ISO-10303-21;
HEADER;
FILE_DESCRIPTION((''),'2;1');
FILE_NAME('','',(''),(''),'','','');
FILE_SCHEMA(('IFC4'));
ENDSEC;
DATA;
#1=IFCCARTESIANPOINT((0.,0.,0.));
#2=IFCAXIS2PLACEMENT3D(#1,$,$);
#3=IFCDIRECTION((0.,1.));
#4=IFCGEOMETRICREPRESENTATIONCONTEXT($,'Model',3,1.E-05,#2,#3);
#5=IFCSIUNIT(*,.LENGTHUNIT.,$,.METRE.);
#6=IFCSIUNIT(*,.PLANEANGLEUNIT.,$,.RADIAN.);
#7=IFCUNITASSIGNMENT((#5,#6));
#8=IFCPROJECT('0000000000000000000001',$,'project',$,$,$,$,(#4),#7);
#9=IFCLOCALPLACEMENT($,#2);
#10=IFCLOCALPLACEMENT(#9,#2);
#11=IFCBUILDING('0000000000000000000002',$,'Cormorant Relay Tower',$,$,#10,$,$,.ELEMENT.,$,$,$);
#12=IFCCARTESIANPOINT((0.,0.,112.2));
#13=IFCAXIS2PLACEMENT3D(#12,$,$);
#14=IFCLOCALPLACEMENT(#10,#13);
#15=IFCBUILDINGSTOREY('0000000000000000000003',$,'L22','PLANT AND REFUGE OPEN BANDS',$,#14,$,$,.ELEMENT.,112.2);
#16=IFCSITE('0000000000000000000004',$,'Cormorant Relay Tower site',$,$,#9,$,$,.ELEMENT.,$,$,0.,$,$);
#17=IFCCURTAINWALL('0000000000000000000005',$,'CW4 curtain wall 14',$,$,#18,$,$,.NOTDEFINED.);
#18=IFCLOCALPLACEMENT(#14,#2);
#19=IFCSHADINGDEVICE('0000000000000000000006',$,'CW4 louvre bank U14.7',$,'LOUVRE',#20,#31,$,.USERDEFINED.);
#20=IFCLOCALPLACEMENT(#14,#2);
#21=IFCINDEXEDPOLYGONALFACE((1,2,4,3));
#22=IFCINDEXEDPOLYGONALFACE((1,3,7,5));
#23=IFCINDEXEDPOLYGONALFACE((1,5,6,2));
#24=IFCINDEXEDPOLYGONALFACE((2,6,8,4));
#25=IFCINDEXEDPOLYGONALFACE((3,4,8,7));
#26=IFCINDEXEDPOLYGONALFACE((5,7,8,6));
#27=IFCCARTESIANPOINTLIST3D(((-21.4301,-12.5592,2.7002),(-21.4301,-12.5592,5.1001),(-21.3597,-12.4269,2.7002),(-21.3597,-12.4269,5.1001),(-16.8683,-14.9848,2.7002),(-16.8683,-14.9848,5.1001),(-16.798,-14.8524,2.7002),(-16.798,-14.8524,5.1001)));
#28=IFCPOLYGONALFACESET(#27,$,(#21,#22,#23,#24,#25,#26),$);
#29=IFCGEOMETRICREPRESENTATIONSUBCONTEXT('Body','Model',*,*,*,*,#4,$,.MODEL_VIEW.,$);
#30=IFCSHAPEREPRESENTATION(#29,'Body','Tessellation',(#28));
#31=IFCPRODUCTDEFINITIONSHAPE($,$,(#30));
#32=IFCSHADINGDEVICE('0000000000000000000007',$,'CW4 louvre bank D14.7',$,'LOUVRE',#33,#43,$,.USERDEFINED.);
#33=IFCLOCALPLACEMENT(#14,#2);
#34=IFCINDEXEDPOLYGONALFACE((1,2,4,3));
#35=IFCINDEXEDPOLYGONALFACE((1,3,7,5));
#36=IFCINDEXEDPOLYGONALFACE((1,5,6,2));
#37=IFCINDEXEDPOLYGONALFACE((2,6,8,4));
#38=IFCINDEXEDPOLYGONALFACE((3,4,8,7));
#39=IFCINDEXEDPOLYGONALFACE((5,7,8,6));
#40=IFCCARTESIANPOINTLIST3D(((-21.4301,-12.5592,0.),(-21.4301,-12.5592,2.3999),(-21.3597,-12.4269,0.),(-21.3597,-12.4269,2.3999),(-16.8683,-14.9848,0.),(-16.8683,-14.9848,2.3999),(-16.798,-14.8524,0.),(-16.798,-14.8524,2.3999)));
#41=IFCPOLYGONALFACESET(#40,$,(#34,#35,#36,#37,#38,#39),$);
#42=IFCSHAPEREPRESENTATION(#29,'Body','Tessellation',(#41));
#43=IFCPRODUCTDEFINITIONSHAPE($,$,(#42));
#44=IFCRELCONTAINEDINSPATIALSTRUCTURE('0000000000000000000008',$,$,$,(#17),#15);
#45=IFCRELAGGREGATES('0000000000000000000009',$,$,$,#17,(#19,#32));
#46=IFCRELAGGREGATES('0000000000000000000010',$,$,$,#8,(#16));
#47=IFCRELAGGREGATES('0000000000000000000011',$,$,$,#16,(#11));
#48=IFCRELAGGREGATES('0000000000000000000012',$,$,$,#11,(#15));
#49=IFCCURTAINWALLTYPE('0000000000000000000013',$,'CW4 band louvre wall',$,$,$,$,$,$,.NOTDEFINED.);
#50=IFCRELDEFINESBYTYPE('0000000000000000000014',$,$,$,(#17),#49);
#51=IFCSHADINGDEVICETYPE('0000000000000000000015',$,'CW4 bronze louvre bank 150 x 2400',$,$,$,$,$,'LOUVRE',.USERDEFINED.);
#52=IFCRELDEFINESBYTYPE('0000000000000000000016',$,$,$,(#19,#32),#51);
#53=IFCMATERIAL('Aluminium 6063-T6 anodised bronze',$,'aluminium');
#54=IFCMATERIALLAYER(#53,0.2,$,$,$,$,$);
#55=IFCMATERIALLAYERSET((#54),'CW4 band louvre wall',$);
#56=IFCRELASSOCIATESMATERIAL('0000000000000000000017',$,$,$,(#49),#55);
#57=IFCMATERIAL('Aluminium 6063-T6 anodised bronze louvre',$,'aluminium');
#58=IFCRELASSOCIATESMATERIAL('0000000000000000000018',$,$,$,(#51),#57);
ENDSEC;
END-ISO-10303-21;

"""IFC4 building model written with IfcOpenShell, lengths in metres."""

from ifc_helpers import new_model, si_unit, direction, frame, origin, origin_2d, place, context, subcontext, project, spatial, rectangle, extrude, material, layer, layer_set, type_object, element, aggregate, save


model = new_model("IFC4")

# Units and contexts
model_context = context("Model", 3, precision=1e-05, world=origin(), true_north=direction((0.0, 1.0)))
body_context = subcontext(model_context, "Body", "Model", "MODEL_VIEW")
ifc_project = project(units=[si_unit("LENGTHUNIT", "METRE"), si_unit("PLANEANGLEUNIT", "RADIAN")], contexts=[model_context])

# Site, building, storey
site_placement = place(None, origin())
site = spatial("IfcSite", under=ifc_project, at=site_placement, Name="Cormorant Relay Tower site", CompositionType="ELEMENT", RefElevation=0.0)
building_placement = place(site_placement, origin())
building = spatial("IfcBuilding", under=site, at=building_placement, Name="Cormorant Relay Tower", CompositionType="ELEMENT")
storey_placement = place(building_placement, frame((0.0, 0.0, 112.2)))
storey = spatial("IfcBuildingStorey", under=building, at=storey_placement, Name="L22", Description="PLANT AND REFUGE OPEN BANDS", CompositionType="ELEMENT", Elevation=112.2)

# Curtain wall
ifc_material_1 = material(Name="Aluminium 6063-T6 anodised bronze", Category="aluminium")
ifc_layer_1 = layer(ifc_material_1, 0.2)
ifc_layer_set_1 = layer_set([ifc_layer_1], Name="CW4 band louvre wall")
curtain_wall_type = type_object("IfcCurtainWallType", Name="CW4 band louvre wall", PredefinedType="NOTDEFINED", material=ifc_layer_set_1)
curtain_wall_placement = place(storey_placement, origin())
curtain_wall = element("IfcCurtainWall", 1, at=curtain_wall_placement, inside=storey, type_object=curtain_wall_type, Name="CW4 curtain wall 14", PredefinedType="NOTDEFINED")

# Shading devices
ifc_material_2 = material(Name="Aluminium 6063-T6 anodised bronze louvre", Category="aluminium")
shading_device_type = type_object("IfcShadingDeviceType", Name="CW4 bronze louvre bank 150 x 2400", ElementType="LOUVRE", PredefinedType="USERDEFINED", material=ifc_material_2)
shading_device_1_placement = place(storey_placement, frame((-19.114, -13.7058, 2.7002), z_axis=(0.0, 0.0, 1.0), x_axis=(0.882948, -0.469472, 0.0)))
shading_device_1 = element("IfcShadingDevice", 2, at=shading_device_1_placement, type_object=shading_device_type, Name="CW4 louvre bank U14.7", ObjectType="LOUVRE", PredefinedType="USERDEFINED", context=body_context, shape_type="SweptSolid", body=[
    extrude(rectangle(XDim=5.1665, YDim=0.1499, at=origin_2d()), origin(), (0.0, 0.0, 1.0), 2.3999),
])
shading_device_2_placement = place(storey_placement, frame((-19.114, -13.7058, 0.0), z_axis=(0.0, 0.0, 1.0), x_axis=(0.882948, -0.469472, 0.0)))
shading_device_2 = element("IfcShadingDevice", 3, at=shading_device_2_placement, type_object=shading_device_type, Name="CW4 louvre bank D14.7", ObjectType="LOUVRE", PredefinedType="USERDEFINED", context=body_context, shape_type="SweptSolid", body=[
    extrude(rectangle(XDim=5.1665, YDim=0.1499, at=origin_2d()), origin(), (0.0, 0.0, 1.0), 2.3999),
])
aggregate(curtain_wall, [shading_device_1, shading_device_2])

save(model, "model.ifc")
